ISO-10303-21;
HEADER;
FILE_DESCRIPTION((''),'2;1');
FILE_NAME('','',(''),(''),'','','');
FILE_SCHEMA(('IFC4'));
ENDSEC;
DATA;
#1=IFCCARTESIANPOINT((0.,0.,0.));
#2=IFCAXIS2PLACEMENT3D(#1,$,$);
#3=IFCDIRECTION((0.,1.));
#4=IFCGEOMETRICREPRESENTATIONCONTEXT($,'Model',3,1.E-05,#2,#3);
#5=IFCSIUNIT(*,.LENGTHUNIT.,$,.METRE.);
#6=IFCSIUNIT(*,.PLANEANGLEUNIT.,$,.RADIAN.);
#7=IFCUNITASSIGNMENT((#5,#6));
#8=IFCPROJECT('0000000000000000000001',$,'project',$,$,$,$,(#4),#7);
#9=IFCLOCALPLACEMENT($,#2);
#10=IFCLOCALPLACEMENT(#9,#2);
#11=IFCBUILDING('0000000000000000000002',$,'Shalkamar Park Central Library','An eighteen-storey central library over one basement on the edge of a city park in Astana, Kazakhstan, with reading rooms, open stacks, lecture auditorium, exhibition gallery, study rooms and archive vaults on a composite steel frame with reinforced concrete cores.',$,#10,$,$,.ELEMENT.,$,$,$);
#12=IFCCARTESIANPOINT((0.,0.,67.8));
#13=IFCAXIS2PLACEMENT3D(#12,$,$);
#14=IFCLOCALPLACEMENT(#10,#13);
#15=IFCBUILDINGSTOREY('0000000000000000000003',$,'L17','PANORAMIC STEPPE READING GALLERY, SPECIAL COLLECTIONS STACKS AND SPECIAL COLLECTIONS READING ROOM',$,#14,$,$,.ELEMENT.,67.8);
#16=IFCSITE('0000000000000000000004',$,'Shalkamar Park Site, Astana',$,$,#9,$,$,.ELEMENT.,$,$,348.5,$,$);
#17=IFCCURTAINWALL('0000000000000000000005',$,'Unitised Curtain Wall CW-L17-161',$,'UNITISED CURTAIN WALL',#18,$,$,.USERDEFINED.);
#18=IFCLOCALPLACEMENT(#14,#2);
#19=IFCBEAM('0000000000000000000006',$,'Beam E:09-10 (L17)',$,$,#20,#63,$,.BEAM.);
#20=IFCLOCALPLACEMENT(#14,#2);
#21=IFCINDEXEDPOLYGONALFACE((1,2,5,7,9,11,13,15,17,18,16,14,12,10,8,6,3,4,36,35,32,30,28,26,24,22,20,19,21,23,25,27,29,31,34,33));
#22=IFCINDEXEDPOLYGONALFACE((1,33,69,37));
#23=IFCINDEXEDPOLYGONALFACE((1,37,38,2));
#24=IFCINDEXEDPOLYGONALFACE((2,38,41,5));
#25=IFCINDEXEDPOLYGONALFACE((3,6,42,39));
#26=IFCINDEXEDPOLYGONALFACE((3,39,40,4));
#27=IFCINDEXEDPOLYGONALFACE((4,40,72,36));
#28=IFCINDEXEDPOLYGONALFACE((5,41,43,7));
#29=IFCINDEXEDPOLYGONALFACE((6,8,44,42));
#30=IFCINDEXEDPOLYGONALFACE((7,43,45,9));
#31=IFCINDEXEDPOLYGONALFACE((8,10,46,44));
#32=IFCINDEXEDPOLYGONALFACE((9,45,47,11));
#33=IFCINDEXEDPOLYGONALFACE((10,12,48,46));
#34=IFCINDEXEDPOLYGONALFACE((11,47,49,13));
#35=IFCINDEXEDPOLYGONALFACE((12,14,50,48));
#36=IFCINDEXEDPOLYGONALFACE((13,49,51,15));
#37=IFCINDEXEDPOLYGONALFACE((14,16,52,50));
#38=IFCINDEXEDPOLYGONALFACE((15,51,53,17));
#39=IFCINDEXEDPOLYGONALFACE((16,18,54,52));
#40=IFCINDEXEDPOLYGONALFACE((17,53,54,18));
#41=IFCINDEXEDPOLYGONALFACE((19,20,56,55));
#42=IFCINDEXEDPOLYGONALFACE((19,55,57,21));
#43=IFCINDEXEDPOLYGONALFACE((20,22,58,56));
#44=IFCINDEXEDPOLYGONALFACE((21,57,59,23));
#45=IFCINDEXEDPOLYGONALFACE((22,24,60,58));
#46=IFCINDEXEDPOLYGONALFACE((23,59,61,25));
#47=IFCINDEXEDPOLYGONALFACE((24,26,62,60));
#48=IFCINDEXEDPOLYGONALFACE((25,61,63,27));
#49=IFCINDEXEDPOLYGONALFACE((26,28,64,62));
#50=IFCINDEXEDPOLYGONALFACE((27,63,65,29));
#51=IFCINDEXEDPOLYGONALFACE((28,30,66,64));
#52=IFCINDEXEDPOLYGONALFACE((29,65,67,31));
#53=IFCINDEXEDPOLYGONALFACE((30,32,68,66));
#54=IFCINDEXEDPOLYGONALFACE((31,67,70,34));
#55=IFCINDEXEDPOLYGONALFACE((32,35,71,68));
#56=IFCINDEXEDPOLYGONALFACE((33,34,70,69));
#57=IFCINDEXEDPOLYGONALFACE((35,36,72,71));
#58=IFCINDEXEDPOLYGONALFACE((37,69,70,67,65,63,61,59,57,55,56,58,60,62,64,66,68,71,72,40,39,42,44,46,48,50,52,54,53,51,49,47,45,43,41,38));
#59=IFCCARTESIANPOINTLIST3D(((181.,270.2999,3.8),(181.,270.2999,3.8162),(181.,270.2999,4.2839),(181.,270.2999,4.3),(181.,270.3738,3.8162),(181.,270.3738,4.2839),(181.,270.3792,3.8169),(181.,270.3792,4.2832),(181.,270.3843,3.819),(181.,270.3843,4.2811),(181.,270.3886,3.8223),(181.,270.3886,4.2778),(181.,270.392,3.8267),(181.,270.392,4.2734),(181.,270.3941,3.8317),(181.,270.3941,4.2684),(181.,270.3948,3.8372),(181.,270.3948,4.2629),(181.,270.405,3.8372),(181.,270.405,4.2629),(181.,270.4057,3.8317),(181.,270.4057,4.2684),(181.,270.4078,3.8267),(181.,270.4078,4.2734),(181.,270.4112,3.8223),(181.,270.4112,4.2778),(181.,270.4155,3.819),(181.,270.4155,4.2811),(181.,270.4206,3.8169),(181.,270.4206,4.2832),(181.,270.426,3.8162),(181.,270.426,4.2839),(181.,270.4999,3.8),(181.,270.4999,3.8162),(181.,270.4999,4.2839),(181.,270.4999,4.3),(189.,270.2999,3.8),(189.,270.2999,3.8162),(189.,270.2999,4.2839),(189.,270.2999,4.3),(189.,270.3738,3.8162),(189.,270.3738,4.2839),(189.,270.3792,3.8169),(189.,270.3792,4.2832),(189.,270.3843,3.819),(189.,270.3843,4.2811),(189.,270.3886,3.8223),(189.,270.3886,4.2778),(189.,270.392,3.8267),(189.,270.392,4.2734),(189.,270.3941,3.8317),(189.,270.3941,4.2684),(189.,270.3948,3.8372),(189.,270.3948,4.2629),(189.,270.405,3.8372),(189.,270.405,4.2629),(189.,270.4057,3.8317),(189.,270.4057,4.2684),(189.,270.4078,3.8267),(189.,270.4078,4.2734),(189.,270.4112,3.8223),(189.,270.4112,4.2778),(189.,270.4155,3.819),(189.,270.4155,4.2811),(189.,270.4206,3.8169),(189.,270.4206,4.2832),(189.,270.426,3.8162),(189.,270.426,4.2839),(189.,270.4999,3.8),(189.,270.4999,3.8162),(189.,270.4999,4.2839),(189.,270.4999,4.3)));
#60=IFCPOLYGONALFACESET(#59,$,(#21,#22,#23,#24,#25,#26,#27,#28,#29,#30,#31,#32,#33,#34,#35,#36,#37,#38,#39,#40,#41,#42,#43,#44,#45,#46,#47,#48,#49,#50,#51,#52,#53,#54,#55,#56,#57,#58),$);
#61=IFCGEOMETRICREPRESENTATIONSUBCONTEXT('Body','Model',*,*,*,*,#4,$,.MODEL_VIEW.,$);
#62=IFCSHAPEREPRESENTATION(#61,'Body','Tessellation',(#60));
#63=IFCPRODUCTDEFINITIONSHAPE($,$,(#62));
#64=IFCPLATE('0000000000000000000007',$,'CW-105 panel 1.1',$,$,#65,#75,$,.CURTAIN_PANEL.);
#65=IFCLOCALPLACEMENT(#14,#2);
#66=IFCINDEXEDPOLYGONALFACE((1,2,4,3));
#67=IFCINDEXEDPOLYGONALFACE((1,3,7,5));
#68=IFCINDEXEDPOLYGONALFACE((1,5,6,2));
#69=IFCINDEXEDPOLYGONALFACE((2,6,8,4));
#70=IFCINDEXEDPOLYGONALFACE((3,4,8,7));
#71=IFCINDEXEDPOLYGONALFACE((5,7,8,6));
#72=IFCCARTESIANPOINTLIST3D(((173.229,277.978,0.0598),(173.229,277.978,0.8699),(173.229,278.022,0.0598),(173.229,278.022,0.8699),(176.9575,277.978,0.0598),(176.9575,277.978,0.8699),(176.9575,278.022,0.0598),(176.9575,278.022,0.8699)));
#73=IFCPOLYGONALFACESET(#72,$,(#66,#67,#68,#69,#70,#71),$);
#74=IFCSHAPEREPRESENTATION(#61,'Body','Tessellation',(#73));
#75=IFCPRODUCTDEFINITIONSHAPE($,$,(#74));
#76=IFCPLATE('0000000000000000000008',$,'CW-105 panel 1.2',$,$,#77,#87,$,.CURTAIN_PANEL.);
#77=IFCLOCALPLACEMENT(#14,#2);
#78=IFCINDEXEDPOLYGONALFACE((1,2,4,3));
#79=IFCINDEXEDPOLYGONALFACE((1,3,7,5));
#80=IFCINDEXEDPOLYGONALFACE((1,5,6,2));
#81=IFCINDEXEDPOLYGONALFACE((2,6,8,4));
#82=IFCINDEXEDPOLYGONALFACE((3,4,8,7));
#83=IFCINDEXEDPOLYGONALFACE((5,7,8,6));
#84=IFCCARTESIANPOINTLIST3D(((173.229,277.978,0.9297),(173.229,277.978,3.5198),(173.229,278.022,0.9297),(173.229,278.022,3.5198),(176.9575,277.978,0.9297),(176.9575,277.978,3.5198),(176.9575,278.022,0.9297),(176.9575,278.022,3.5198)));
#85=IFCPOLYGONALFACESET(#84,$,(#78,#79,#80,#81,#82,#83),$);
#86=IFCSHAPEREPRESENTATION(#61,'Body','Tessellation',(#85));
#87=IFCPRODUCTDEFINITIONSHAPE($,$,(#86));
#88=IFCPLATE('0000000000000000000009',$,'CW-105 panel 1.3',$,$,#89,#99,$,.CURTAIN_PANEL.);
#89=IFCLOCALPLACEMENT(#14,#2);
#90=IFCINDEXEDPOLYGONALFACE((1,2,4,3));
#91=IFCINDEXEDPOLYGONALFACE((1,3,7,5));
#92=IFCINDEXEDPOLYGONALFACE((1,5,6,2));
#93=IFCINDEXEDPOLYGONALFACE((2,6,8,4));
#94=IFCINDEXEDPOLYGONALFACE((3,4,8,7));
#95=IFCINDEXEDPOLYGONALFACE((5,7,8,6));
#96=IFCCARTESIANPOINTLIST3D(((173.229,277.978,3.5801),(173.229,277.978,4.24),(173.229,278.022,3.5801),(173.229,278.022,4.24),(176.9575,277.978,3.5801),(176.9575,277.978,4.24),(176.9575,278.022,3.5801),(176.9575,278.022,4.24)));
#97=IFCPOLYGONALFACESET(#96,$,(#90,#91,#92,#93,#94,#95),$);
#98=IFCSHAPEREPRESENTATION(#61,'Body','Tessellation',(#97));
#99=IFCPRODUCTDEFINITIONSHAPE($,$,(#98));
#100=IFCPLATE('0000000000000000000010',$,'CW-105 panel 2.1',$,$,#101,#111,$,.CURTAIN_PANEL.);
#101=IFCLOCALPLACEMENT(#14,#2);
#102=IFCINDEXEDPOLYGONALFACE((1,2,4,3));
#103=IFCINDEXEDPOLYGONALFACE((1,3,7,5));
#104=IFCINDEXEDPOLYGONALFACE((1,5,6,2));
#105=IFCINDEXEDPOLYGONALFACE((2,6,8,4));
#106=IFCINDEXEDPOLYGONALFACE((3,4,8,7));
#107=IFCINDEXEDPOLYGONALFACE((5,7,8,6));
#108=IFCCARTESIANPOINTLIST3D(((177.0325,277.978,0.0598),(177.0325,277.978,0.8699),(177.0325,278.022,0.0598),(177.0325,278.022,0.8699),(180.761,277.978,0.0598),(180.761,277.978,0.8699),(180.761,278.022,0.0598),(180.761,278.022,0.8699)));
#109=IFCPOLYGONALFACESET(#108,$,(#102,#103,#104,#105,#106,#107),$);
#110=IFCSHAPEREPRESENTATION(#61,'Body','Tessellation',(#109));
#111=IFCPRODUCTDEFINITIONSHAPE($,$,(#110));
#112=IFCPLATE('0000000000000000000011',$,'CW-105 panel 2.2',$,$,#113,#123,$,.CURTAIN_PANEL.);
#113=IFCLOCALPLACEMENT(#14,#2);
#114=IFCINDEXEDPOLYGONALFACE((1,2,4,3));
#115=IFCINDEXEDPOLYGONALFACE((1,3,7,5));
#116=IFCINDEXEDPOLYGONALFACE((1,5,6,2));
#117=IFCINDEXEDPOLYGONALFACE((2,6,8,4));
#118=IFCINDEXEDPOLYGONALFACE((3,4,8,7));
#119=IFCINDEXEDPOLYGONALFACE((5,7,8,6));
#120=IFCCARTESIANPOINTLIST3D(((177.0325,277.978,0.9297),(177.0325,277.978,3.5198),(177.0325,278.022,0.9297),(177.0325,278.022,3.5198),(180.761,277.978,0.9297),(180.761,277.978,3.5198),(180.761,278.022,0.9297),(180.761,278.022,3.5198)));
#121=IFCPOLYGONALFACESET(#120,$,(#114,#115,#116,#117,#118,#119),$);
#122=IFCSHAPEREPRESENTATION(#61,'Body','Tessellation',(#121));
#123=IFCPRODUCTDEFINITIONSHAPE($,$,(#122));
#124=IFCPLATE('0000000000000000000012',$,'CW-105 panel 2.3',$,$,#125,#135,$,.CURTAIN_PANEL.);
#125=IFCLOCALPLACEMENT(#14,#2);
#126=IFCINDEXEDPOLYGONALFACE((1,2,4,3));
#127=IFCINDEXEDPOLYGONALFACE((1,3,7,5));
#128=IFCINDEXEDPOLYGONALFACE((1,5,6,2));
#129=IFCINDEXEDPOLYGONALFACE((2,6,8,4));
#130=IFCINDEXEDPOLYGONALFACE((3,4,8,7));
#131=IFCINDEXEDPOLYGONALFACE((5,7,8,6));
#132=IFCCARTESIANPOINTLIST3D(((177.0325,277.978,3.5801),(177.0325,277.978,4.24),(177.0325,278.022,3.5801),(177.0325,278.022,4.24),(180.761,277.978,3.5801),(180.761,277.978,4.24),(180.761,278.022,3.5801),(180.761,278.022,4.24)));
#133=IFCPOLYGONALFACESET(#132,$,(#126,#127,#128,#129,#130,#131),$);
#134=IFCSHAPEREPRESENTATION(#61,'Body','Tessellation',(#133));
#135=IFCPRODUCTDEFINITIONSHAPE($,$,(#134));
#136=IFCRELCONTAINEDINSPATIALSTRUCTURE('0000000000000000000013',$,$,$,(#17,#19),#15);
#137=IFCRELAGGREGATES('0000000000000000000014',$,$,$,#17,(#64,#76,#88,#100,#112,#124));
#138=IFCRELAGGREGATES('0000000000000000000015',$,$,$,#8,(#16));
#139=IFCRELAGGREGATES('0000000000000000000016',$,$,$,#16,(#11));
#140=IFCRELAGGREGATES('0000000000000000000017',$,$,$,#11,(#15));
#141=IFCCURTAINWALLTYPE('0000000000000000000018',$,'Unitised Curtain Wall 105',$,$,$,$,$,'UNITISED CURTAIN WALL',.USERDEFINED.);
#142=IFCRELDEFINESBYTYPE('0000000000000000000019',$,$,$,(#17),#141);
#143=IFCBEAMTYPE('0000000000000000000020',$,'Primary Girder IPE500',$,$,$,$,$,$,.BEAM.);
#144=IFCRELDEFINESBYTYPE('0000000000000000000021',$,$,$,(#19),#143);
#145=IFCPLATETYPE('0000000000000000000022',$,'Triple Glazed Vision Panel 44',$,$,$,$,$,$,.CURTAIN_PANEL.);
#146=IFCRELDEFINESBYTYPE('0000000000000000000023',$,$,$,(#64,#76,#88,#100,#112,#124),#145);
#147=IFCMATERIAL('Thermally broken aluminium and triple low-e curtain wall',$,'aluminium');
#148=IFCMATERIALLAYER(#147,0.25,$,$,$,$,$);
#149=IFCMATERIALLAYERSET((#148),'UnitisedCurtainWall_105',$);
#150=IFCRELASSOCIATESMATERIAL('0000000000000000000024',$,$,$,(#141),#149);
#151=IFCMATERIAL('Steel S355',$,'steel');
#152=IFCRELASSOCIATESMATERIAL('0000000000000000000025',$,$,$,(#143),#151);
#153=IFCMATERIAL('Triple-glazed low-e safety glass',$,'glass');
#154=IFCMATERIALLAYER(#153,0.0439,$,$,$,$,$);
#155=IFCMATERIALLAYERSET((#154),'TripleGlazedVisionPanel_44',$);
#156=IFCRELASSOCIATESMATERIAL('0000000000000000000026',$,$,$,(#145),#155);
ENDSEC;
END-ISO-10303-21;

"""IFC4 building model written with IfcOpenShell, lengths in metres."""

from ifc_helpers import new_model, si_unit, direction, frame, origin, origin_2d, place, context, subcontext, project, spatial, rectangle, i_section, extrude, material, layer, layer_set, material_profile, profile_set, type_object, element, aggregate, save


model = new_model("IFC4")

# Units and contexts
model_context = context("Model", 3, precision=1e-05, world=origin(), true_north=direction((0.0, 1.0)))
body_context = subcontext(model_context, "Body", "Model", "MODEL_VIEW")
ifc_project = project(units=[si_unit("LENGTHUNIT", "METRE"), si_unit("PLANEANGLEUNIT", "RADIAN")], contexts=[model_context])

# Site, building, storey
site_placement = place(None, origin())
site = spatial("IfcSite", under=ifc_project, at=site_placement, Name="Shalkamar Park Site, Astana", CompositionType="ELEMENT", RefElevation=348.5)
building_placement = place(site_placement, origin())
building = spatial("IfcBuilding", under=site, at=building_placement, Name="Shalkamar Park Central Library", Description="An eighteen-storey central library over one basement on the edge of a city park in Astana, Kazakhstan, with reading rooms, open stacks, lecture auditorium, exhibition gallery, study rooms and archive vaults on a composite steel frame with reinforced concrete cores.", CompositionType="ELEMENT")
storey_placement = place(building_placement, frame((0.0, 0.0, 67.8)))
storey = spatial("IfcBuildingStorey", under=building, at=storey_placement, Name="L17", Description="PANORAMIC STEPPE READING GALLERY, SPECIAL COLLECTIONS STACKS AND SPECIAL COLLECTIONS READING ROOM", CompositionType="ELEMENT", Elevation=67.8)

# Shared definitions
ifc_material_1 = material(Name="Steel S355", Category="steel")

# Curtain wall
ifc_material_2 = material(Name="Thermally broken aluminium and triple low-e curtain wall", Category="aluminium")
ifc_layer_1 = layer(ifc_material_2, 0.25)
ifc_layer_set_1 = layer_set([ifc_layer_1], Name="UnitisedCurtainWall_105")
curtain_wall_type = type_object("IfcCurtainWallType", Name="Unitised Curtain Wall 105", ElementType="UNITISED CURTAIN WALL", PredefinedType="USERDEFINED", material=ifc_layer_set_1)
curtain_wall_placement = place(storey_placement, origin())
curtain_wall = element("IfcCurtainWall", 1, at=curtain_wall_placement, inside=storey, type_object=curtain_wall_type, Name="Unitised Curtain Wall CW-L17-161", ObjectType="UNITISED CURTAIN WALL", PredefinedType="USERDEFINED")

# Beam
ifc_material_profile_1 = material_profile(ifc_material_1, i_section(OverallWidth=0.2, OverallDepth=0.5, WebThickness=0.0103, FlangeThickness=0.0161, FilletRadius=0.021, at=origin_2d()), Name="IPE 500")
ifc_profile_set_1 = profile_set([ifc_material_profile_1], Name="Steel S355")
beam_type_1 = type_object("IfcBeamType", Name="Primary Girder IPE500", PredefinedType="BEAM", material=ifc_profile_set_1)
beam_1_placement = place(storey_placement, frame((181.0, 270.3999, 4.05), z_axis=(1.0, 0.0, 0.0), x_axis=(0.0, 1.0, 0.0)))
element("IfcBeam", 2, at=beam_1_placement, inside=storey, type_object=beam_type_1, Name="Beam E:09-10 (L17)", PredefinedType="BEAM", context=body_context, shape_type="SweptSolid", body=[
    extrude(i_section(OverallWidth=0.2, OverallDepth=0.5, WebThickness=0.0103, FlangeThickness=0.0161, FilletRadius=0.021, at=origin_2d()), origin(), (0.0, 0.0, 1.0), 8.0),
])

# Plates
ifc_material_3 = material(Name="Triple-glazed low-e safety glass", Category="glass")
ifc_layer_2 = layer(ifc_material_3, 0.0439)
ifc_layer_set_2 = layer_set([ifc_layer_2], Name="TripleGlazedVisionPanel_44")
plate_type = type_object("IfcPlateType", Name="Triple Glazed Vision Panel 44", PredefinedType="CURTAIN_PANEL", material=ifc_layer_set_2)
plate_1_placement = place(storey_placement, frame((175.0933, 278.0, 0.0598), z_axis=(0.0, 0.0, 1.0), x_axis=(1.0, 0.0, 0.0)))
plate_1 = element("IfcPlate", 3, at=plate_1_placement, type_object=plate_type, Name="CW-105 panel 1.1", PredefinedType="CURTAIN_PANEL", context=body_context, shape_type="SweptSolid", body=[
    extrude(rectangle(XDim=3.7285, YDim=0.0439, at=origin_2d()), origin(), (0.0, 0.0, 1.0), 0.8101),
])
plate_2_placement = place(storey_placement, frame((175.0933, 278.0, 0.9297), z_axis=(0.0, 0.0, 1.0), x_axis=(1.0, 0.0, 0.0)))
plate_2 = element("IfcPlate", 4, at=plate_2_placement, type_object=plate_type, Name="CW-105 panel 1.2", PredefinedType="CURTAIN_PANEL", context=body_context, shape_type="SweptSolid", body=[
    extrude(rectangle(XDim=3.7285, YDim=0.0439, at=origin_2d()), origin(), (0.0, 0.0, 1.0), 2.5901),
])
plate_3_placement = place(storey_placement, frame((175.0933, 278.0, 3.5801), z_axis=(0.0, 0.0, 1.0), x_axis=(1.0, 0.0, 0.0)))
plate_3 = element("IfcPlate", 5, at=plate_3_placement, type_object=plate_type, Name="CW-105 panel 1.3", PredefinedType="CURTAIN_PANEL", context=body_context, shape_type="SweptSolid", body=[
    extrude(rectangle(XDim=3.7285, YDim=0.0439, at=origin_2d()), origin(), (0.0, 0.0, 1.0), 0.6599),
])
plate_4_placement = place(storey_placement, frame((178.8967, 278.0, 0.0598), z_axis=(0.0, 0.0, 1.0), x_axis=(1.0, 0.0, 0.0)))
plate_4 = element("IfcPlate", 6, at=plate_4_placement, type_object=plate_type, Name="CW-105 panel 2.1", PredefinedType="CURTAIN_PANEL", context=body_context, shape_type="SweptSolid", body=[
    extrude(rectangle(XDim=3.7285, YDim=0.0439, at=origin_2d()), origin(), (0.0, 0.0, 1.0), 0.8101),
])
plate_5_placement = place(storey_placement, frame((178.8967, 278.0, 0.9297), z_axis=(0.0, 0.0, 1.0), x_axis=(1.0, 0.0, 0.0)))
plate_5 = element("IfcPlate", 7, at=plate_5_placement, type_object=plate_type, Name="CW-105 panel 2.2", PredefinedType="CURTAIN_PANEL", context=body_context, shape_type="SweptSolid", body=[
    extrude(rectangle(XDim=3.7285, YDim=0.0439, at=origin_2d()), origin(), (0.0, 0.0, 1.0), 2.5901),
])
plate_6_placement = place(storey_placement, frame((178.8967, 278.0, 3.5801), z_axis=(0.0, 0.0, 1.0), x_axis=(1.0, 0.0, 0.0)))
plate_6 = element("IfcPlate", 8, at=plate_6_placement, type_object=plate_type, Name="CW-105 panel 2.3", PredefinedType="CURTAIN_PANEL", context=body_context, shape_type="SweptSolid", body=[
    extrude(rectangle(XDim=3.7285, YDim=0.0439, at=origin_2d()), origin(), (0.0, 0.0, 1.0), 0.6599),
])
aggregate(curtain_wall, [plate_1, plate_2, plate_3, plate_4, plate_5, plate_6])

save(model, "model.ifc")
